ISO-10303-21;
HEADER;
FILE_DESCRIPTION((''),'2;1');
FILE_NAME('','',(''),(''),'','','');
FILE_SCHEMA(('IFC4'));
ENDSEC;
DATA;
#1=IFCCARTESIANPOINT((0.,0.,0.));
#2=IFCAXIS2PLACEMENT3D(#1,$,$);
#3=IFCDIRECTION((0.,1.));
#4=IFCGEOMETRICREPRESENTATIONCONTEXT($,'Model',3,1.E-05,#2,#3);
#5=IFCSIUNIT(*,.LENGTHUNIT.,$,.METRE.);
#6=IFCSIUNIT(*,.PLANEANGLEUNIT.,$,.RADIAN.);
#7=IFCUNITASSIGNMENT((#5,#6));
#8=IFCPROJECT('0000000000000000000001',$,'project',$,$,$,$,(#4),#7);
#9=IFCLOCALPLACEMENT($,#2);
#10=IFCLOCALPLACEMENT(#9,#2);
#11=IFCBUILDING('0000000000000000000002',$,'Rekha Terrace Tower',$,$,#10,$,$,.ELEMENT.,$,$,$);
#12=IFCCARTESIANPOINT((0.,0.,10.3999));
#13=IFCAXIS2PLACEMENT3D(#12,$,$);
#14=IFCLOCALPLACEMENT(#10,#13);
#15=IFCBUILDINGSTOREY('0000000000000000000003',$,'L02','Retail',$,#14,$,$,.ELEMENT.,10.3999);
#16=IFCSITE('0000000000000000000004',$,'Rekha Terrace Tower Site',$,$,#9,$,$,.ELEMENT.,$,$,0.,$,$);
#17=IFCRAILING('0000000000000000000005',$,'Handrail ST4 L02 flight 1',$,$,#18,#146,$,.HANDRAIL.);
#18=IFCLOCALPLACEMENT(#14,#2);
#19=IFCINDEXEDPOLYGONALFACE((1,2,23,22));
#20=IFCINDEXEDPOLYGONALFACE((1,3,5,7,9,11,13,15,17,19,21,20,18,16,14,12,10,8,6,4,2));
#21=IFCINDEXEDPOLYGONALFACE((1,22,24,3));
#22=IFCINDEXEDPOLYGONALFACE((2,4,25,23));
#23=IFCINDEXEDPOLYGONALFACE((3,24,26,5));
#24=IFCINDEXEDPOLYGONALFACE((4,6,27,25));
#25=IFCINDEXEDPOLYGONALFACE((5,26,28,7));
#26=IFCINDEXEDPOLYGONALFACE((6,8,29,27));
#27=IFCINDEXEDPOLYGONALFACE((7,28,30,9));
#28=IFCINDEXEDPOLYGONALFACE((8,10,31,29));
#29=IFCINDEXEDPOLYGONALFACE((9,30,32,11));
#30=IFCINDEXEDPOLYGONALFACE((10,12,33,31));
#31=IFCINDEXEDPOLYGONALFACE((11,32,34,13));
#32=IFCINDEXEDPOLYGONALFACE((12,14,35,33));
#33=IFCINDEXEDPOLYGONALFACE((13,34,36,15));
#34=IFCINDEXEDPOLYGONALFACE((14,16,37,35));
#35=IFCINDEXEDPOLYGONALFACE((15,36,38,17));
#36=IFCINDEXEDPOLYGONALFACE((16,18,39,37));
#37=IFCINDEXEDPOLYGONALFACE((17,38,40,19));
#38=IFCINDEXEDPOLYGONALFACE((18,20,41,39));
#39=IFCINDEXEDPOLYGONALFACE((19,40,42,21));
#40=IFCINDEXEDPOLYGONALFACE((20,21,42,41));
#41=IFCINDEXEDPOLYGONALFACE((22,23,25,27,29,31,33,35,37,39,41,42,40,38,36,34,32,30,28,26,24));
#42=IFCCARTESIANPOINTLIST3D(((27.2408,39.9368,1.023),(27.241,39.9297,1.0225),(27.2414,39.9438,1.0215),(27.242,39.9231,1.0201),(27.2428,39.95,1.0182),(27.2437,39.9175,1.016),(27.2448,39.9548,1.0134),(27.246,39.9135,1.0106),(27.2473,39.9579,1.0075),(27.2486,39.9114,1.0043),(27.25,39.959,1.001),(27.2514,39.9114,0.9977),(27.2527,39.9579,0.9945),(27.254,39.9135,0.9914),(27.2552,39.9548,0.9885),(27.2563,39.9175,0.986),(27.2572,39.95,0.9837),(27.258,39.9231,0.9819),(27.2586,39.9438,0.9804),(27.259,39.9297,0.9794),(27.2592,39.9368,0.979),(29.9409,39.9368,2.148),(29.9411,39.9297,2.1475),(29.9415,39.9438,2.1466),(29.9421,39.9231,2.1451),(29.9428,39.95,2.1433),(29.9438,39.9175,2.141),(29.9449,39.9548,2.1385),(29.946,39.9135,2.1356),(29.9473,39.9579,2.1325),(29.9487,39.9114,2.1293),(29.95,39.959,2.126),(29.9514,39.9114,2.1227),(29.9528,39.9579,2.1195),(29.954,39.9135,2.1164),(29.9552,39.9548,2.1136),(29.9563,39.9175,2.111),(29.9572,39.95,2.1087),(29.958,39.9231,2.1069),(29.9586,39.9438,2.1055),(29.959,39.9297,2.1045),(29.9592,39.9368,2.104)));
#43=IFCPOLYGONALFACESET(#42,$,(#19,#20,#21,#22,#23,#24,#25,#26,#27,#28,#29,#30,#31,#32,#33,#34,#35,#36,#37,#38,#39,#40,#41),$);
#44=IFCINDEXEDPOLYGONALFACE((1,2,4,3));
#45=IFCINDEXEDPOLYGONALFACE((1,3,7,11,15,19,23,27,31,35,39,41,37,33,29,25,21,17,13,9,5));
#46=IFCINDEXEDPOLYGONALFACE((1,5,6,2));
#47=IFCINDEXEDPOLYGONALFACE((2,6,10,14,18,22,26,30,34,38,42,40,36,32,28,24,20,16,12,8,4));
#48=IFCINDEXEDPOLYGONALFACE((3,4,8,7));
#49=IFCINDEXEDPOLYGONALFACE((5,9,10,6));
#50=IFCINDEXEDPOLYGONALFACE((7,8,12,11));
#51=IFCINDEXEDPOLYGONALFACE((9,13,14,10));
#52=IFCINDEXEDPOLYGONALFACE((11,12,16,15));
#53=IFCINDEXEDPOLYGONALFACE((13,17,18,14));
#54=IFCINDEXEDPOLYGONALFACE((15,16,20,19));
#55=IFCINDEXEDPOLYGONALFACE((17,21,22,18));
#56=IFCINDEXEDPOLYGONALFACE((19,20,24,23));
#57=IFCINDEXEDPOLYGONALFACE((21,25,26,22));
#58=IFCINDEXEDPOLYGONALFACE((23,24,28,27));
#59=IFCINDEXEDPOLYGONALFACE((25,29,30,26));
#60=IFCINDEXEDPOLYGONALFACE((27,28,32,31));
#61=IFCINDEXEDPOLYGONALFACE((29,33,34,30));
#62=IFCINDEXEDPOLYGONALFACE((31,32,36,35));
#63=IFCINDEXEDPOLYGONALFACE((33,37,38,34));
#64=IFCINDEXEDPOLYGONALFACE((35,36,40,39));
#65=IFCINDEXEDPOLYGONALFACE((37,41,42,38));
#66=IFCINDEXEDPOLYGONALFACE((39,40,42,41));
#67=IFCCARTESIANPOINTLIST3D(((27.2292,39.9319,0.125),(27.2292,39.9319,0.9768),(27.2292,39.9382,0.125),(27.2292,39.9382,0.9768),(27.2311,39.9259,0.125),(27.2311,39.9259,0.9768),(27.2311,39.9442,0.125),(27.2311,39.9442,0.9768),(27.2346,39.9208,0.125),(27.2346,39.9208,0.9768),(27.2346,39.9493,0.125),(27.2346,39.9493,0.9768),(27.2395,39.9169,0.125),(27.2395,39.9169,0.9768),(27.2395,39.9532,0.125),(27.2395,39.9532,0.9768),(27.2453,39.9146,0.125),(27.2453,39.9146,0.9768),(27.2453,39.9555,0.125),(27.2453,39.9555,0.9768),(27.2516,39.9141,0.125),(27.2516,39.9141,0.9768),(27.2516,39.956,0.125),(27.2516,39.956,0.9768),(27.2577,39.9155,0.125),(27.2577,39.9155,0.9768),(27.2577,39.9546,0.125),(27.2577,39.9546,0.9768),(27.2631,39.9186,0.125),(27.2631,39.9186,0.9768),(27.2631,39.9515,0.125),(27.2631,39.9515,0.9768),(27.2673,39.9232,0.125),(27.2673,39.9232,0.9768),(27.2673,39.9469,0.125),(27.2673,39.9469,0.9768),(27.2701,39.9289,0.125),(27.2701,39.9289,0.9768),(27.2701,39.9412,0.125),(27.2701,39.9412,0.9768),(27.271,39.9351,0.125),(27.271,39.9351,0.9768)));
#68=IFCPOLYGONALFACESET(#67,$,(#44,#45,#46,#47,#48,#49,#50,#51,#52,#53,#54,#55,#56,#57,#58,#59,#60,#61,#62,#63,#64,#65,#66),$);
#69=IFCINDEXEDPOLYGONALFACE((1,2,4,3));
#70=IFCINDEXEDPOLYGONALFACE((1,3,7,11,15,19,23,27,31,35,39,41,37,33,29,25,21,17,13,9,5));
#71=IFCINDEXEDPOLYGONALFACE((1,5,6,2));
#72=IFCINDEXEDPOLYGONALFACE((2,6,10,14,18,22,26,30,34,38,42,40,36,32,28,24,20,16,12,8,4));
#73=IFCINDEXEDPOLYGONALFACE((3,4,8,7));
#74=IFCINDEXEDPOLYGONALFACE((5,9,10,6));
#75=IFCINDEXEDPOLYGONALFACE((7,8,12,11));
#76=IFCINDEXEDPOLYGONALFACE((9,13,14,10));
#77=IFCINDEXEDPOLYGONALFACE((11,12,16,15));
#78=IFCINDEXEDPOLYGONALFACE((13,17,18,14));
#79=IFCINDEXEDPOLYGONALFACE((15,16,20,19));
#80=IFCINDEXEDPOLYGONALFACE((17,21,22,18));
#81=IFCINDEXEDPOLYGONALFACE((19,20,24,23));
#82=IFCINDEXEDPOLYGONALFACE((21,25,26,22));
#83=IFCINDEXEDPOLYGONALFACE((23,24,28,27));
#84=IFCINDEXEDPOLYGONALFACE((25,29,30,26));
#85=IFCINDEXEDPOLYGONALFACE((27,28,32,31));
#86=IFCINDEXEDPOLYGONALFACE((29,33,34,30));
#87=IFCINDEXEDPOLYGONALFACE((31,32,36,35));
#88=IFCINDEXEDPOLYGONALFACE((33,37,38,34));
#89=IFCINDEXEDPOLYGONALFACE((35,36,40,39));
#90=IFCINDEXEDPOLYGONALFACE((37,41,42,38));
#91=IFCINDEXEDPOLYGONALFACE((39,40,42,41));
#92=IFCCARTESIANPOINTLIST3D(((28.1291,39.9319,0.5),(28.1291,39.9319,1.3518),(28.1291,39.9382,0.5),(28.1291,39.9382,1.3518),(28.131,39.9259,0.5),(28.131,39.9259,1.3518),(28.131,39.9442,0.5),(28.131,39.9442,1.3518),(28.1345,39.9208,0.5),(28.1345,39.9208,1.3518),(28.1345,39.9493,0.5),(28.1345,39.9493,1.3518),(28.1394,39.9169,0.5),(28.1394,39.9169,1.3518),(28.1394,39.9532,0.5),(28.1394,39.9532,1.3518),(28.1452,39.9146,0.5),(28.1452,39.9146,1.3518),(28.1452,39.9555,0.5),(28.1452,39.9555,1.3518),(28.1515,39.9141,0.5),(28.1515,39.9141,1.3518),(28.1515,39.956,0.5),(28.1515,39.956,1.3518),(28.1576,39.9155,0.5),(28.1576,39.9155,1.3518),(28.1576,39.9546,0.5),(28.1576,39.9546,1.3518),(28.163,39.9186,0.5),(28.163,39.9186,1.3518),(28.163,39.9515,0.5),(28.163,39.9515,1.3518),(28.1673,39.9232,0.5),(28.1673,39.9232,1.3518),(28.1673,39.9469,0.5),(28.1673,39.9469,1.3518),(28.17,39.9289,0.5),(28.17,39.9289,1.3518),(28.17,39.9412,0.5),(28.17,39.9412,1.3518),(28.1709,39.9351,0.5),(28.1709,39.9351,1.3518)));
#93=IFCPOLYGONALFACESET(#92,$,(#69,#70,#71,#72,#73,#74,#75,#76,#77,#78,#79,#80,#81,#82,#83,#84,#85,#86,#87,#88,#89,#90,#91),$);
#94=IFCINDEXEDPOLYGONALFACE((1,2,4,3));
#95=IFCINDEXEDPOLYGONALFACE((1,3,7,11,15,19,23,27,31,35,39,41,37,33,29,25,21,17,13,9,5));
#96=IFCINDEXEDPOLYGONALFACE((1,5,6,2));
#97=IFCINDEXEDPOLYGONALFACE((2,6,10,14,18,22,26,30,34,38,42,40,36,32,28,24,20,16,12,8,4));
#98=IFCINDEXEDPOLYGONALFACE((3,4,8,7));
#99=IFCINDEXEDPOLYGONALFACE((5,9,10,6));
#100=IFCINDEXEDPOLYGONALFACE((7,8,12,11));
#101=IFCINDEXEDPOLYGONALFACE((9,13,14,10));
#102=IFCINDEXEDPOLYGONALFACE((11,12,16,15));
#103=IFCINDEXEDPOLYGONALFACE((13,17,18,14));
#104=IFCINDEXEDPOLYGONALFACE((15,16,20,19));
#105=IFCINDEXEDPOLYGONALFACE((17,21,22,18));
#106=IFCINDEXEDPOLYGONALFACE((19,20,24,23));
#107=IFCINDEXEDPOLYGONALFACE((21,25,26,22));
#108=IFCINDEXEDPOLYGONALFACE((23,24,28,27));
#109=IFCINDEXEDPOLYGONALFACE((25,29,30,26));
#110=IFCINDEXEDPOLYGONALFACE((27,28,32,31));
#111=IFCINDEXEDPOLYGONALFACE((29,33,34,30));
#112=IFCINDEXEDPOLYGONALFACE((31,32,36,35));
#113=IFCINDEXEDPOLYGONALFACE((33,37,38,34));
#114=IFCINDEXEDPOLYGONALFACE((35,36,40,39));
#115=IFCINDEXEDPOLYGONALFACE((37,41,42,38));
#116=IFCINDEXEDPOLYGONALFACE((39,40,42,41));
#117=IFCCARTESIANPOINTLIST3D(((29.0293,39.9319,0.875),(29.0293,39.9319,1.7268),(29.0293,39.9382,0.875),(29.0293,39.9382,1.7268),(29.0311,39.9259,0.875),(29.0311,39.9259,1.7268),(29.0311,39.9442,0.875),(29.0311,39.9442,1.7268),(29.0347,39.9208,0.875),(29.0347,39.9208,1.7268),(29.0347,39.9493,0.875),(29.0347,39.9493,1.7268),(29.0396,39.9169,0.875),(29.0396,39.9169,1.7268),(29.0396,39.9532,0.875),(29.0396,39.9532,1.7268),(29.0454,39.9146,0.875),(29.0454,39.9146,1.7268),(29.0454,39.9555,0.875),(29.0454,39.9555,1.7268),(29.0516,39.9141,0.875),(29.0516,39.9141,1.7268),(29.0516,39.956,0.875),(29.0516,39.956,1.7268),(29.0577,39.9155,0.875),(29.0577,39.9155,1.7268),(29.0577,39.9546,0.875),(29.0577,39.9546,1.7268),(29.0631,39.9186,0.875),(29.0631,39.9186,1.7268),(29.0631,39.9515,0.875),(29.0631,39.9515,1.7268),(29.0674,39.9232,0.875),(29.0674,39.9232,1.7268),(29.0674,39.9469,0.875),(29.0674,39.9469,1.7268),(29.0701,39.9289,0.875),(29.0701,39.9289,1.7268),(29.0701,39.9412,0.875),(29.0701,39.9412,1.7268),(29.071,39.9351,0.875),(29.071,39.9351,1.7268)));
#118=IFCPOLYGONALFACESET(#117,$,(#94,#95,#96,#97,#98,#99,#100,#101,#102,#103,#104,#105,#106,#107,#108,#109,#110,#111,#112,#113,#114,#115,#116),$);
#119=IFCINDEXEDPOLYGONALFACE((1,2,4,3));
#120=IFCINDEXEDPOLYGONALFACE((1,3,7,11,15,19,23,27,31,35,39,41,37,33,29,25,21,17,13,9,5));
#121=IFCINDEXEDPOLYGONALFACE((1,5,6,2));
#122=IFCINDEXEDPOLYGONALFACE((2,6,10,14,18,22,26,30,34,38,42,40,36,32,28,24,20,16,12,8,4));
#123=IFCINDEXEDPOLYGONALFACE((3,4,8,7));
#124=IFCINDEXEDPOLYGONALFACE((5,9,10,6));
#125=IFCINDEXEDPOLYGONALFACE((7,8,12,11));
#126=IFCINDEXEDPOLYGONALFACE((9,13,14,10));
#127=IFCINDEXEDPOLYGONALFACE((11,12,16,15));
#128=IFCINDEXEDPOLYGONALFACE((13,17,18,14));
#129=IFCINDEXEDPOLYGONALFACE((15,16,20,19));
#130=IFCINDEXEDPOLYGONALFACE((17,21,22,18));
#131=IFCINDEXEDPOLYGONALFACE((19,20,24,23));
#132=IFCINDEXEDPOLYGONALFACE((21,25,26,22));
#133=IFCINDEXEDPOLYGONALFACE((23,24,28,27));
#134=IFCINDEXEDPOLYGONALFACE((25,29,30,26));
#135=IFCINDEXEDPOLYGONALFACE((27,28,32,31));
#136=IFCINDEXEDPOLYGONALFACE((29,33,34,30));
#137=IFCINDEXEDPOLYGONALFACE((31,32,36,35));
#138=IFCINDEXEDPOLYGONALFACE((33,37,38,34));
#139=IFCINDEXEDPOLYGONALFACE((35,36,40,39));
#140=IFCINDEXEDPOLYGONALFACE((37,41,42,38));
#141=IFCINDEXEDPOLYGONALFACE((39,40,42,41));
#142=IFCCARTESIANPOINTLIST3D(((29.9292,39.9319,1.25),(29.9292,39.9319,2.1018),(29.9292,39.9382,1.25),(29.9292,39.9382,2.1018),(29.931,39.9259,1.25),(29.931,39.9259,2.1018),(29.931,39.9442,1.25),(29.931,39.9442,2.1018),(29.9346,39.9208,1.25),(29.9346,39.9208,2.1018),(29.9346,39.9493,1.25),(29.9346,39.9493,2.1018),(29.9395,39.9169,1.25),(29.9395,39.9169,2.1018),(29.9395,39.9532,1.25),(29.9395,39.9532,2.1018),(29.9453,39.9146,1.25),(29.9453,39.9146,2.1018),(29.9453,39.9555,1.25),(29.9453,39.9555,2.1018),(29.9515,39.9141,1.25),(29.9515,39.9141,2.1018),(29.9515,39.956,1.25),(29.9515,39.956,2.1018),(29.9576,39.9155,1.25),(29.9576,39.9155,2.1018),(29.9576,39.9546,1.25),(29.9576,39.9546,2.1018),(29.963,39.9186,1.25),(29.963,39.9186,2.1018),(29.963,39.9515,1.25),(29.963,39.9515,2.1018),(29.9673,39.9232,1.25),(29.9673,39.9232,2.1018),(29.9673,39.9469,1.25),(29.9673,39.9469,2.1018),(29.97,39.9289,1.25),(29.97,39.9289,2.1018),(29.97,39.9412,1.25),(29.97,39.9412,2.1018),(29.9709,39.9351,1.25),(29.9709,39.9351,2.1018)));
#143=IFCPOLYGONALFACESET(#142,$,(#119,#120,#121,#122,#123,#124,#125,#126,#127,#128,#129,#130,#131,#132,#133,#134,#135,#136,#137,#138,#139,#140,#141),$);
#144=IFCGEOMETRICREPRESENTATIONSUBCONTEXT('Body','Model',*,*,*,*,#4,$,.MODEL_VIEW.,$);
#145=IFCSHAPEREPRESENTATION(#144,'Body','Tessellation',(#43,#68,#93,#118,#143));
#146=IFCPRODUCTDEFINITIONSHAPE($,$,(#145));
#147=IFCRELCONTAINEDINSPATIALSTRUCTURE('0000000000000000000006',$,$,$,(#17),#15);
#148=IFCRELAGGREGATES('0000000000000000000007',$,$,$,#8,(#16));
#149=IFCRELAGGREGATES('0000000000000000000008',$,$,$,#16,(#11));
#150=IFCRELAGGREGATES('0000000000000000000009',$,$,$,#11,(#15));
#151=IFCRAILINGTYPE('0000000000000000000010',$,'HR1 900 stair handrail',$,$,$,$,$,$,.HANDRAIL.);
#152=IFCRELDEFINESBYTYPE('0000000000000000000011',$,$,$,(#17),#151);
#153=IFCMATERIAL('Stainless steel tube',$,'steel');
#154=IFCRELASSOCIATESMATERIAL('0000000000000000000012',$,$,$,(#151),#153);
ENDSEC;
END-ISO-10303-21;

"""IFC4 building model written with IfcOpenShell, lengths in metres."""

from ifc_helpers import new_model, si_unit, direction, frame, origin, origin_2d, place, context, subcontext, project, spatial, circle, extrude, material, type_object, element, save


model = new_model("IFC4")

# Units and contexts
model_context = context("Model", 3, precision=1e-05, world=origin(), true_north=direction((0.0, 1.0)))
body_context = subcontext(model_context, "Body", "Model", "MODEL_VIEW")
ifc_project = project(units=[si_unit("LENGTHUNIT", "METRE"), si_unit("PLANEANGLEUNIT", "RADIAN")], contexts=[model_context])

# Site, building, storey
site_placement = place(None, origin())
site = spatial("IfcSite", under=ifc_project, at=site_placement, Name="Rekha Terrace Tower Site", CompositionType="ELEMENT", RefElevation=0.0)
building_placement = place(site_placement, origin())
building = spatial("IfcBuilding", under=site, at=building_placement, Name="Rekha Terrace Tower", CompositionType="ELEMENT")
storey_placement = place(building_placement, frame((0.0, 0.0, 10.3999)))
storey = spatial("IfcBuildingStorey", under=building, at=storey_placement, Name="L02", Description="Retail", CompositionType="ELEMENT", Elevation=10.3999)

# Railing
ifc_material_1 = material(Name="Stainless steel tube", Category="steel")
railing_type_1 = type_object("IfcRailingType", Name="HR1 900 stair handrail", PredefinedType="HANDRAIL", material=ifc_material_1)
railing_1_placement = place(storey_placement, frame((27.25, 39.9351, 0.125)))
element("IfcRailing", 1, at=railing_1_placement, inside=storey, type_object=railing_type_1, Name="Handrail ST4 L02 flight 1", PredefinedType="HANDRAIL", context=body_context, shape_type="SweptSolid", body=[
    extrude(circle(Radius=0.0239, at=origin_2d()), frame((0.0, 0.0, 0.876), z_axis=(0.923074, 0.0, 0.384621), x_axis=(0.0, 1.0, 0.0)), (0.0, 0.0, 1.0), 2.925),
    extrude(circle(Radius=0.021, at=origin_2d()), origin(), (0.0, 0.0, 1.0), 0.8518),
    extrude(circle(Radius=0.021, at=origin_2d()), frame((0.8999, 0.0, 0.375)), (0.0, 0.0, 1.0), 0.8518),
    extrude(circle(Radius=0.021, at=origin_2d()), frame((1.8, 0.0, 0.75)), (0.0, 0.0, 1.0), 0.8518),
    extrude(circle(Radius=0.021, at=origin_2d()), frame((2.7, 0.0, 1.125)), (0.0, 0.0, 1.0), 0.8518),
])

save(model, "model.ifc")
